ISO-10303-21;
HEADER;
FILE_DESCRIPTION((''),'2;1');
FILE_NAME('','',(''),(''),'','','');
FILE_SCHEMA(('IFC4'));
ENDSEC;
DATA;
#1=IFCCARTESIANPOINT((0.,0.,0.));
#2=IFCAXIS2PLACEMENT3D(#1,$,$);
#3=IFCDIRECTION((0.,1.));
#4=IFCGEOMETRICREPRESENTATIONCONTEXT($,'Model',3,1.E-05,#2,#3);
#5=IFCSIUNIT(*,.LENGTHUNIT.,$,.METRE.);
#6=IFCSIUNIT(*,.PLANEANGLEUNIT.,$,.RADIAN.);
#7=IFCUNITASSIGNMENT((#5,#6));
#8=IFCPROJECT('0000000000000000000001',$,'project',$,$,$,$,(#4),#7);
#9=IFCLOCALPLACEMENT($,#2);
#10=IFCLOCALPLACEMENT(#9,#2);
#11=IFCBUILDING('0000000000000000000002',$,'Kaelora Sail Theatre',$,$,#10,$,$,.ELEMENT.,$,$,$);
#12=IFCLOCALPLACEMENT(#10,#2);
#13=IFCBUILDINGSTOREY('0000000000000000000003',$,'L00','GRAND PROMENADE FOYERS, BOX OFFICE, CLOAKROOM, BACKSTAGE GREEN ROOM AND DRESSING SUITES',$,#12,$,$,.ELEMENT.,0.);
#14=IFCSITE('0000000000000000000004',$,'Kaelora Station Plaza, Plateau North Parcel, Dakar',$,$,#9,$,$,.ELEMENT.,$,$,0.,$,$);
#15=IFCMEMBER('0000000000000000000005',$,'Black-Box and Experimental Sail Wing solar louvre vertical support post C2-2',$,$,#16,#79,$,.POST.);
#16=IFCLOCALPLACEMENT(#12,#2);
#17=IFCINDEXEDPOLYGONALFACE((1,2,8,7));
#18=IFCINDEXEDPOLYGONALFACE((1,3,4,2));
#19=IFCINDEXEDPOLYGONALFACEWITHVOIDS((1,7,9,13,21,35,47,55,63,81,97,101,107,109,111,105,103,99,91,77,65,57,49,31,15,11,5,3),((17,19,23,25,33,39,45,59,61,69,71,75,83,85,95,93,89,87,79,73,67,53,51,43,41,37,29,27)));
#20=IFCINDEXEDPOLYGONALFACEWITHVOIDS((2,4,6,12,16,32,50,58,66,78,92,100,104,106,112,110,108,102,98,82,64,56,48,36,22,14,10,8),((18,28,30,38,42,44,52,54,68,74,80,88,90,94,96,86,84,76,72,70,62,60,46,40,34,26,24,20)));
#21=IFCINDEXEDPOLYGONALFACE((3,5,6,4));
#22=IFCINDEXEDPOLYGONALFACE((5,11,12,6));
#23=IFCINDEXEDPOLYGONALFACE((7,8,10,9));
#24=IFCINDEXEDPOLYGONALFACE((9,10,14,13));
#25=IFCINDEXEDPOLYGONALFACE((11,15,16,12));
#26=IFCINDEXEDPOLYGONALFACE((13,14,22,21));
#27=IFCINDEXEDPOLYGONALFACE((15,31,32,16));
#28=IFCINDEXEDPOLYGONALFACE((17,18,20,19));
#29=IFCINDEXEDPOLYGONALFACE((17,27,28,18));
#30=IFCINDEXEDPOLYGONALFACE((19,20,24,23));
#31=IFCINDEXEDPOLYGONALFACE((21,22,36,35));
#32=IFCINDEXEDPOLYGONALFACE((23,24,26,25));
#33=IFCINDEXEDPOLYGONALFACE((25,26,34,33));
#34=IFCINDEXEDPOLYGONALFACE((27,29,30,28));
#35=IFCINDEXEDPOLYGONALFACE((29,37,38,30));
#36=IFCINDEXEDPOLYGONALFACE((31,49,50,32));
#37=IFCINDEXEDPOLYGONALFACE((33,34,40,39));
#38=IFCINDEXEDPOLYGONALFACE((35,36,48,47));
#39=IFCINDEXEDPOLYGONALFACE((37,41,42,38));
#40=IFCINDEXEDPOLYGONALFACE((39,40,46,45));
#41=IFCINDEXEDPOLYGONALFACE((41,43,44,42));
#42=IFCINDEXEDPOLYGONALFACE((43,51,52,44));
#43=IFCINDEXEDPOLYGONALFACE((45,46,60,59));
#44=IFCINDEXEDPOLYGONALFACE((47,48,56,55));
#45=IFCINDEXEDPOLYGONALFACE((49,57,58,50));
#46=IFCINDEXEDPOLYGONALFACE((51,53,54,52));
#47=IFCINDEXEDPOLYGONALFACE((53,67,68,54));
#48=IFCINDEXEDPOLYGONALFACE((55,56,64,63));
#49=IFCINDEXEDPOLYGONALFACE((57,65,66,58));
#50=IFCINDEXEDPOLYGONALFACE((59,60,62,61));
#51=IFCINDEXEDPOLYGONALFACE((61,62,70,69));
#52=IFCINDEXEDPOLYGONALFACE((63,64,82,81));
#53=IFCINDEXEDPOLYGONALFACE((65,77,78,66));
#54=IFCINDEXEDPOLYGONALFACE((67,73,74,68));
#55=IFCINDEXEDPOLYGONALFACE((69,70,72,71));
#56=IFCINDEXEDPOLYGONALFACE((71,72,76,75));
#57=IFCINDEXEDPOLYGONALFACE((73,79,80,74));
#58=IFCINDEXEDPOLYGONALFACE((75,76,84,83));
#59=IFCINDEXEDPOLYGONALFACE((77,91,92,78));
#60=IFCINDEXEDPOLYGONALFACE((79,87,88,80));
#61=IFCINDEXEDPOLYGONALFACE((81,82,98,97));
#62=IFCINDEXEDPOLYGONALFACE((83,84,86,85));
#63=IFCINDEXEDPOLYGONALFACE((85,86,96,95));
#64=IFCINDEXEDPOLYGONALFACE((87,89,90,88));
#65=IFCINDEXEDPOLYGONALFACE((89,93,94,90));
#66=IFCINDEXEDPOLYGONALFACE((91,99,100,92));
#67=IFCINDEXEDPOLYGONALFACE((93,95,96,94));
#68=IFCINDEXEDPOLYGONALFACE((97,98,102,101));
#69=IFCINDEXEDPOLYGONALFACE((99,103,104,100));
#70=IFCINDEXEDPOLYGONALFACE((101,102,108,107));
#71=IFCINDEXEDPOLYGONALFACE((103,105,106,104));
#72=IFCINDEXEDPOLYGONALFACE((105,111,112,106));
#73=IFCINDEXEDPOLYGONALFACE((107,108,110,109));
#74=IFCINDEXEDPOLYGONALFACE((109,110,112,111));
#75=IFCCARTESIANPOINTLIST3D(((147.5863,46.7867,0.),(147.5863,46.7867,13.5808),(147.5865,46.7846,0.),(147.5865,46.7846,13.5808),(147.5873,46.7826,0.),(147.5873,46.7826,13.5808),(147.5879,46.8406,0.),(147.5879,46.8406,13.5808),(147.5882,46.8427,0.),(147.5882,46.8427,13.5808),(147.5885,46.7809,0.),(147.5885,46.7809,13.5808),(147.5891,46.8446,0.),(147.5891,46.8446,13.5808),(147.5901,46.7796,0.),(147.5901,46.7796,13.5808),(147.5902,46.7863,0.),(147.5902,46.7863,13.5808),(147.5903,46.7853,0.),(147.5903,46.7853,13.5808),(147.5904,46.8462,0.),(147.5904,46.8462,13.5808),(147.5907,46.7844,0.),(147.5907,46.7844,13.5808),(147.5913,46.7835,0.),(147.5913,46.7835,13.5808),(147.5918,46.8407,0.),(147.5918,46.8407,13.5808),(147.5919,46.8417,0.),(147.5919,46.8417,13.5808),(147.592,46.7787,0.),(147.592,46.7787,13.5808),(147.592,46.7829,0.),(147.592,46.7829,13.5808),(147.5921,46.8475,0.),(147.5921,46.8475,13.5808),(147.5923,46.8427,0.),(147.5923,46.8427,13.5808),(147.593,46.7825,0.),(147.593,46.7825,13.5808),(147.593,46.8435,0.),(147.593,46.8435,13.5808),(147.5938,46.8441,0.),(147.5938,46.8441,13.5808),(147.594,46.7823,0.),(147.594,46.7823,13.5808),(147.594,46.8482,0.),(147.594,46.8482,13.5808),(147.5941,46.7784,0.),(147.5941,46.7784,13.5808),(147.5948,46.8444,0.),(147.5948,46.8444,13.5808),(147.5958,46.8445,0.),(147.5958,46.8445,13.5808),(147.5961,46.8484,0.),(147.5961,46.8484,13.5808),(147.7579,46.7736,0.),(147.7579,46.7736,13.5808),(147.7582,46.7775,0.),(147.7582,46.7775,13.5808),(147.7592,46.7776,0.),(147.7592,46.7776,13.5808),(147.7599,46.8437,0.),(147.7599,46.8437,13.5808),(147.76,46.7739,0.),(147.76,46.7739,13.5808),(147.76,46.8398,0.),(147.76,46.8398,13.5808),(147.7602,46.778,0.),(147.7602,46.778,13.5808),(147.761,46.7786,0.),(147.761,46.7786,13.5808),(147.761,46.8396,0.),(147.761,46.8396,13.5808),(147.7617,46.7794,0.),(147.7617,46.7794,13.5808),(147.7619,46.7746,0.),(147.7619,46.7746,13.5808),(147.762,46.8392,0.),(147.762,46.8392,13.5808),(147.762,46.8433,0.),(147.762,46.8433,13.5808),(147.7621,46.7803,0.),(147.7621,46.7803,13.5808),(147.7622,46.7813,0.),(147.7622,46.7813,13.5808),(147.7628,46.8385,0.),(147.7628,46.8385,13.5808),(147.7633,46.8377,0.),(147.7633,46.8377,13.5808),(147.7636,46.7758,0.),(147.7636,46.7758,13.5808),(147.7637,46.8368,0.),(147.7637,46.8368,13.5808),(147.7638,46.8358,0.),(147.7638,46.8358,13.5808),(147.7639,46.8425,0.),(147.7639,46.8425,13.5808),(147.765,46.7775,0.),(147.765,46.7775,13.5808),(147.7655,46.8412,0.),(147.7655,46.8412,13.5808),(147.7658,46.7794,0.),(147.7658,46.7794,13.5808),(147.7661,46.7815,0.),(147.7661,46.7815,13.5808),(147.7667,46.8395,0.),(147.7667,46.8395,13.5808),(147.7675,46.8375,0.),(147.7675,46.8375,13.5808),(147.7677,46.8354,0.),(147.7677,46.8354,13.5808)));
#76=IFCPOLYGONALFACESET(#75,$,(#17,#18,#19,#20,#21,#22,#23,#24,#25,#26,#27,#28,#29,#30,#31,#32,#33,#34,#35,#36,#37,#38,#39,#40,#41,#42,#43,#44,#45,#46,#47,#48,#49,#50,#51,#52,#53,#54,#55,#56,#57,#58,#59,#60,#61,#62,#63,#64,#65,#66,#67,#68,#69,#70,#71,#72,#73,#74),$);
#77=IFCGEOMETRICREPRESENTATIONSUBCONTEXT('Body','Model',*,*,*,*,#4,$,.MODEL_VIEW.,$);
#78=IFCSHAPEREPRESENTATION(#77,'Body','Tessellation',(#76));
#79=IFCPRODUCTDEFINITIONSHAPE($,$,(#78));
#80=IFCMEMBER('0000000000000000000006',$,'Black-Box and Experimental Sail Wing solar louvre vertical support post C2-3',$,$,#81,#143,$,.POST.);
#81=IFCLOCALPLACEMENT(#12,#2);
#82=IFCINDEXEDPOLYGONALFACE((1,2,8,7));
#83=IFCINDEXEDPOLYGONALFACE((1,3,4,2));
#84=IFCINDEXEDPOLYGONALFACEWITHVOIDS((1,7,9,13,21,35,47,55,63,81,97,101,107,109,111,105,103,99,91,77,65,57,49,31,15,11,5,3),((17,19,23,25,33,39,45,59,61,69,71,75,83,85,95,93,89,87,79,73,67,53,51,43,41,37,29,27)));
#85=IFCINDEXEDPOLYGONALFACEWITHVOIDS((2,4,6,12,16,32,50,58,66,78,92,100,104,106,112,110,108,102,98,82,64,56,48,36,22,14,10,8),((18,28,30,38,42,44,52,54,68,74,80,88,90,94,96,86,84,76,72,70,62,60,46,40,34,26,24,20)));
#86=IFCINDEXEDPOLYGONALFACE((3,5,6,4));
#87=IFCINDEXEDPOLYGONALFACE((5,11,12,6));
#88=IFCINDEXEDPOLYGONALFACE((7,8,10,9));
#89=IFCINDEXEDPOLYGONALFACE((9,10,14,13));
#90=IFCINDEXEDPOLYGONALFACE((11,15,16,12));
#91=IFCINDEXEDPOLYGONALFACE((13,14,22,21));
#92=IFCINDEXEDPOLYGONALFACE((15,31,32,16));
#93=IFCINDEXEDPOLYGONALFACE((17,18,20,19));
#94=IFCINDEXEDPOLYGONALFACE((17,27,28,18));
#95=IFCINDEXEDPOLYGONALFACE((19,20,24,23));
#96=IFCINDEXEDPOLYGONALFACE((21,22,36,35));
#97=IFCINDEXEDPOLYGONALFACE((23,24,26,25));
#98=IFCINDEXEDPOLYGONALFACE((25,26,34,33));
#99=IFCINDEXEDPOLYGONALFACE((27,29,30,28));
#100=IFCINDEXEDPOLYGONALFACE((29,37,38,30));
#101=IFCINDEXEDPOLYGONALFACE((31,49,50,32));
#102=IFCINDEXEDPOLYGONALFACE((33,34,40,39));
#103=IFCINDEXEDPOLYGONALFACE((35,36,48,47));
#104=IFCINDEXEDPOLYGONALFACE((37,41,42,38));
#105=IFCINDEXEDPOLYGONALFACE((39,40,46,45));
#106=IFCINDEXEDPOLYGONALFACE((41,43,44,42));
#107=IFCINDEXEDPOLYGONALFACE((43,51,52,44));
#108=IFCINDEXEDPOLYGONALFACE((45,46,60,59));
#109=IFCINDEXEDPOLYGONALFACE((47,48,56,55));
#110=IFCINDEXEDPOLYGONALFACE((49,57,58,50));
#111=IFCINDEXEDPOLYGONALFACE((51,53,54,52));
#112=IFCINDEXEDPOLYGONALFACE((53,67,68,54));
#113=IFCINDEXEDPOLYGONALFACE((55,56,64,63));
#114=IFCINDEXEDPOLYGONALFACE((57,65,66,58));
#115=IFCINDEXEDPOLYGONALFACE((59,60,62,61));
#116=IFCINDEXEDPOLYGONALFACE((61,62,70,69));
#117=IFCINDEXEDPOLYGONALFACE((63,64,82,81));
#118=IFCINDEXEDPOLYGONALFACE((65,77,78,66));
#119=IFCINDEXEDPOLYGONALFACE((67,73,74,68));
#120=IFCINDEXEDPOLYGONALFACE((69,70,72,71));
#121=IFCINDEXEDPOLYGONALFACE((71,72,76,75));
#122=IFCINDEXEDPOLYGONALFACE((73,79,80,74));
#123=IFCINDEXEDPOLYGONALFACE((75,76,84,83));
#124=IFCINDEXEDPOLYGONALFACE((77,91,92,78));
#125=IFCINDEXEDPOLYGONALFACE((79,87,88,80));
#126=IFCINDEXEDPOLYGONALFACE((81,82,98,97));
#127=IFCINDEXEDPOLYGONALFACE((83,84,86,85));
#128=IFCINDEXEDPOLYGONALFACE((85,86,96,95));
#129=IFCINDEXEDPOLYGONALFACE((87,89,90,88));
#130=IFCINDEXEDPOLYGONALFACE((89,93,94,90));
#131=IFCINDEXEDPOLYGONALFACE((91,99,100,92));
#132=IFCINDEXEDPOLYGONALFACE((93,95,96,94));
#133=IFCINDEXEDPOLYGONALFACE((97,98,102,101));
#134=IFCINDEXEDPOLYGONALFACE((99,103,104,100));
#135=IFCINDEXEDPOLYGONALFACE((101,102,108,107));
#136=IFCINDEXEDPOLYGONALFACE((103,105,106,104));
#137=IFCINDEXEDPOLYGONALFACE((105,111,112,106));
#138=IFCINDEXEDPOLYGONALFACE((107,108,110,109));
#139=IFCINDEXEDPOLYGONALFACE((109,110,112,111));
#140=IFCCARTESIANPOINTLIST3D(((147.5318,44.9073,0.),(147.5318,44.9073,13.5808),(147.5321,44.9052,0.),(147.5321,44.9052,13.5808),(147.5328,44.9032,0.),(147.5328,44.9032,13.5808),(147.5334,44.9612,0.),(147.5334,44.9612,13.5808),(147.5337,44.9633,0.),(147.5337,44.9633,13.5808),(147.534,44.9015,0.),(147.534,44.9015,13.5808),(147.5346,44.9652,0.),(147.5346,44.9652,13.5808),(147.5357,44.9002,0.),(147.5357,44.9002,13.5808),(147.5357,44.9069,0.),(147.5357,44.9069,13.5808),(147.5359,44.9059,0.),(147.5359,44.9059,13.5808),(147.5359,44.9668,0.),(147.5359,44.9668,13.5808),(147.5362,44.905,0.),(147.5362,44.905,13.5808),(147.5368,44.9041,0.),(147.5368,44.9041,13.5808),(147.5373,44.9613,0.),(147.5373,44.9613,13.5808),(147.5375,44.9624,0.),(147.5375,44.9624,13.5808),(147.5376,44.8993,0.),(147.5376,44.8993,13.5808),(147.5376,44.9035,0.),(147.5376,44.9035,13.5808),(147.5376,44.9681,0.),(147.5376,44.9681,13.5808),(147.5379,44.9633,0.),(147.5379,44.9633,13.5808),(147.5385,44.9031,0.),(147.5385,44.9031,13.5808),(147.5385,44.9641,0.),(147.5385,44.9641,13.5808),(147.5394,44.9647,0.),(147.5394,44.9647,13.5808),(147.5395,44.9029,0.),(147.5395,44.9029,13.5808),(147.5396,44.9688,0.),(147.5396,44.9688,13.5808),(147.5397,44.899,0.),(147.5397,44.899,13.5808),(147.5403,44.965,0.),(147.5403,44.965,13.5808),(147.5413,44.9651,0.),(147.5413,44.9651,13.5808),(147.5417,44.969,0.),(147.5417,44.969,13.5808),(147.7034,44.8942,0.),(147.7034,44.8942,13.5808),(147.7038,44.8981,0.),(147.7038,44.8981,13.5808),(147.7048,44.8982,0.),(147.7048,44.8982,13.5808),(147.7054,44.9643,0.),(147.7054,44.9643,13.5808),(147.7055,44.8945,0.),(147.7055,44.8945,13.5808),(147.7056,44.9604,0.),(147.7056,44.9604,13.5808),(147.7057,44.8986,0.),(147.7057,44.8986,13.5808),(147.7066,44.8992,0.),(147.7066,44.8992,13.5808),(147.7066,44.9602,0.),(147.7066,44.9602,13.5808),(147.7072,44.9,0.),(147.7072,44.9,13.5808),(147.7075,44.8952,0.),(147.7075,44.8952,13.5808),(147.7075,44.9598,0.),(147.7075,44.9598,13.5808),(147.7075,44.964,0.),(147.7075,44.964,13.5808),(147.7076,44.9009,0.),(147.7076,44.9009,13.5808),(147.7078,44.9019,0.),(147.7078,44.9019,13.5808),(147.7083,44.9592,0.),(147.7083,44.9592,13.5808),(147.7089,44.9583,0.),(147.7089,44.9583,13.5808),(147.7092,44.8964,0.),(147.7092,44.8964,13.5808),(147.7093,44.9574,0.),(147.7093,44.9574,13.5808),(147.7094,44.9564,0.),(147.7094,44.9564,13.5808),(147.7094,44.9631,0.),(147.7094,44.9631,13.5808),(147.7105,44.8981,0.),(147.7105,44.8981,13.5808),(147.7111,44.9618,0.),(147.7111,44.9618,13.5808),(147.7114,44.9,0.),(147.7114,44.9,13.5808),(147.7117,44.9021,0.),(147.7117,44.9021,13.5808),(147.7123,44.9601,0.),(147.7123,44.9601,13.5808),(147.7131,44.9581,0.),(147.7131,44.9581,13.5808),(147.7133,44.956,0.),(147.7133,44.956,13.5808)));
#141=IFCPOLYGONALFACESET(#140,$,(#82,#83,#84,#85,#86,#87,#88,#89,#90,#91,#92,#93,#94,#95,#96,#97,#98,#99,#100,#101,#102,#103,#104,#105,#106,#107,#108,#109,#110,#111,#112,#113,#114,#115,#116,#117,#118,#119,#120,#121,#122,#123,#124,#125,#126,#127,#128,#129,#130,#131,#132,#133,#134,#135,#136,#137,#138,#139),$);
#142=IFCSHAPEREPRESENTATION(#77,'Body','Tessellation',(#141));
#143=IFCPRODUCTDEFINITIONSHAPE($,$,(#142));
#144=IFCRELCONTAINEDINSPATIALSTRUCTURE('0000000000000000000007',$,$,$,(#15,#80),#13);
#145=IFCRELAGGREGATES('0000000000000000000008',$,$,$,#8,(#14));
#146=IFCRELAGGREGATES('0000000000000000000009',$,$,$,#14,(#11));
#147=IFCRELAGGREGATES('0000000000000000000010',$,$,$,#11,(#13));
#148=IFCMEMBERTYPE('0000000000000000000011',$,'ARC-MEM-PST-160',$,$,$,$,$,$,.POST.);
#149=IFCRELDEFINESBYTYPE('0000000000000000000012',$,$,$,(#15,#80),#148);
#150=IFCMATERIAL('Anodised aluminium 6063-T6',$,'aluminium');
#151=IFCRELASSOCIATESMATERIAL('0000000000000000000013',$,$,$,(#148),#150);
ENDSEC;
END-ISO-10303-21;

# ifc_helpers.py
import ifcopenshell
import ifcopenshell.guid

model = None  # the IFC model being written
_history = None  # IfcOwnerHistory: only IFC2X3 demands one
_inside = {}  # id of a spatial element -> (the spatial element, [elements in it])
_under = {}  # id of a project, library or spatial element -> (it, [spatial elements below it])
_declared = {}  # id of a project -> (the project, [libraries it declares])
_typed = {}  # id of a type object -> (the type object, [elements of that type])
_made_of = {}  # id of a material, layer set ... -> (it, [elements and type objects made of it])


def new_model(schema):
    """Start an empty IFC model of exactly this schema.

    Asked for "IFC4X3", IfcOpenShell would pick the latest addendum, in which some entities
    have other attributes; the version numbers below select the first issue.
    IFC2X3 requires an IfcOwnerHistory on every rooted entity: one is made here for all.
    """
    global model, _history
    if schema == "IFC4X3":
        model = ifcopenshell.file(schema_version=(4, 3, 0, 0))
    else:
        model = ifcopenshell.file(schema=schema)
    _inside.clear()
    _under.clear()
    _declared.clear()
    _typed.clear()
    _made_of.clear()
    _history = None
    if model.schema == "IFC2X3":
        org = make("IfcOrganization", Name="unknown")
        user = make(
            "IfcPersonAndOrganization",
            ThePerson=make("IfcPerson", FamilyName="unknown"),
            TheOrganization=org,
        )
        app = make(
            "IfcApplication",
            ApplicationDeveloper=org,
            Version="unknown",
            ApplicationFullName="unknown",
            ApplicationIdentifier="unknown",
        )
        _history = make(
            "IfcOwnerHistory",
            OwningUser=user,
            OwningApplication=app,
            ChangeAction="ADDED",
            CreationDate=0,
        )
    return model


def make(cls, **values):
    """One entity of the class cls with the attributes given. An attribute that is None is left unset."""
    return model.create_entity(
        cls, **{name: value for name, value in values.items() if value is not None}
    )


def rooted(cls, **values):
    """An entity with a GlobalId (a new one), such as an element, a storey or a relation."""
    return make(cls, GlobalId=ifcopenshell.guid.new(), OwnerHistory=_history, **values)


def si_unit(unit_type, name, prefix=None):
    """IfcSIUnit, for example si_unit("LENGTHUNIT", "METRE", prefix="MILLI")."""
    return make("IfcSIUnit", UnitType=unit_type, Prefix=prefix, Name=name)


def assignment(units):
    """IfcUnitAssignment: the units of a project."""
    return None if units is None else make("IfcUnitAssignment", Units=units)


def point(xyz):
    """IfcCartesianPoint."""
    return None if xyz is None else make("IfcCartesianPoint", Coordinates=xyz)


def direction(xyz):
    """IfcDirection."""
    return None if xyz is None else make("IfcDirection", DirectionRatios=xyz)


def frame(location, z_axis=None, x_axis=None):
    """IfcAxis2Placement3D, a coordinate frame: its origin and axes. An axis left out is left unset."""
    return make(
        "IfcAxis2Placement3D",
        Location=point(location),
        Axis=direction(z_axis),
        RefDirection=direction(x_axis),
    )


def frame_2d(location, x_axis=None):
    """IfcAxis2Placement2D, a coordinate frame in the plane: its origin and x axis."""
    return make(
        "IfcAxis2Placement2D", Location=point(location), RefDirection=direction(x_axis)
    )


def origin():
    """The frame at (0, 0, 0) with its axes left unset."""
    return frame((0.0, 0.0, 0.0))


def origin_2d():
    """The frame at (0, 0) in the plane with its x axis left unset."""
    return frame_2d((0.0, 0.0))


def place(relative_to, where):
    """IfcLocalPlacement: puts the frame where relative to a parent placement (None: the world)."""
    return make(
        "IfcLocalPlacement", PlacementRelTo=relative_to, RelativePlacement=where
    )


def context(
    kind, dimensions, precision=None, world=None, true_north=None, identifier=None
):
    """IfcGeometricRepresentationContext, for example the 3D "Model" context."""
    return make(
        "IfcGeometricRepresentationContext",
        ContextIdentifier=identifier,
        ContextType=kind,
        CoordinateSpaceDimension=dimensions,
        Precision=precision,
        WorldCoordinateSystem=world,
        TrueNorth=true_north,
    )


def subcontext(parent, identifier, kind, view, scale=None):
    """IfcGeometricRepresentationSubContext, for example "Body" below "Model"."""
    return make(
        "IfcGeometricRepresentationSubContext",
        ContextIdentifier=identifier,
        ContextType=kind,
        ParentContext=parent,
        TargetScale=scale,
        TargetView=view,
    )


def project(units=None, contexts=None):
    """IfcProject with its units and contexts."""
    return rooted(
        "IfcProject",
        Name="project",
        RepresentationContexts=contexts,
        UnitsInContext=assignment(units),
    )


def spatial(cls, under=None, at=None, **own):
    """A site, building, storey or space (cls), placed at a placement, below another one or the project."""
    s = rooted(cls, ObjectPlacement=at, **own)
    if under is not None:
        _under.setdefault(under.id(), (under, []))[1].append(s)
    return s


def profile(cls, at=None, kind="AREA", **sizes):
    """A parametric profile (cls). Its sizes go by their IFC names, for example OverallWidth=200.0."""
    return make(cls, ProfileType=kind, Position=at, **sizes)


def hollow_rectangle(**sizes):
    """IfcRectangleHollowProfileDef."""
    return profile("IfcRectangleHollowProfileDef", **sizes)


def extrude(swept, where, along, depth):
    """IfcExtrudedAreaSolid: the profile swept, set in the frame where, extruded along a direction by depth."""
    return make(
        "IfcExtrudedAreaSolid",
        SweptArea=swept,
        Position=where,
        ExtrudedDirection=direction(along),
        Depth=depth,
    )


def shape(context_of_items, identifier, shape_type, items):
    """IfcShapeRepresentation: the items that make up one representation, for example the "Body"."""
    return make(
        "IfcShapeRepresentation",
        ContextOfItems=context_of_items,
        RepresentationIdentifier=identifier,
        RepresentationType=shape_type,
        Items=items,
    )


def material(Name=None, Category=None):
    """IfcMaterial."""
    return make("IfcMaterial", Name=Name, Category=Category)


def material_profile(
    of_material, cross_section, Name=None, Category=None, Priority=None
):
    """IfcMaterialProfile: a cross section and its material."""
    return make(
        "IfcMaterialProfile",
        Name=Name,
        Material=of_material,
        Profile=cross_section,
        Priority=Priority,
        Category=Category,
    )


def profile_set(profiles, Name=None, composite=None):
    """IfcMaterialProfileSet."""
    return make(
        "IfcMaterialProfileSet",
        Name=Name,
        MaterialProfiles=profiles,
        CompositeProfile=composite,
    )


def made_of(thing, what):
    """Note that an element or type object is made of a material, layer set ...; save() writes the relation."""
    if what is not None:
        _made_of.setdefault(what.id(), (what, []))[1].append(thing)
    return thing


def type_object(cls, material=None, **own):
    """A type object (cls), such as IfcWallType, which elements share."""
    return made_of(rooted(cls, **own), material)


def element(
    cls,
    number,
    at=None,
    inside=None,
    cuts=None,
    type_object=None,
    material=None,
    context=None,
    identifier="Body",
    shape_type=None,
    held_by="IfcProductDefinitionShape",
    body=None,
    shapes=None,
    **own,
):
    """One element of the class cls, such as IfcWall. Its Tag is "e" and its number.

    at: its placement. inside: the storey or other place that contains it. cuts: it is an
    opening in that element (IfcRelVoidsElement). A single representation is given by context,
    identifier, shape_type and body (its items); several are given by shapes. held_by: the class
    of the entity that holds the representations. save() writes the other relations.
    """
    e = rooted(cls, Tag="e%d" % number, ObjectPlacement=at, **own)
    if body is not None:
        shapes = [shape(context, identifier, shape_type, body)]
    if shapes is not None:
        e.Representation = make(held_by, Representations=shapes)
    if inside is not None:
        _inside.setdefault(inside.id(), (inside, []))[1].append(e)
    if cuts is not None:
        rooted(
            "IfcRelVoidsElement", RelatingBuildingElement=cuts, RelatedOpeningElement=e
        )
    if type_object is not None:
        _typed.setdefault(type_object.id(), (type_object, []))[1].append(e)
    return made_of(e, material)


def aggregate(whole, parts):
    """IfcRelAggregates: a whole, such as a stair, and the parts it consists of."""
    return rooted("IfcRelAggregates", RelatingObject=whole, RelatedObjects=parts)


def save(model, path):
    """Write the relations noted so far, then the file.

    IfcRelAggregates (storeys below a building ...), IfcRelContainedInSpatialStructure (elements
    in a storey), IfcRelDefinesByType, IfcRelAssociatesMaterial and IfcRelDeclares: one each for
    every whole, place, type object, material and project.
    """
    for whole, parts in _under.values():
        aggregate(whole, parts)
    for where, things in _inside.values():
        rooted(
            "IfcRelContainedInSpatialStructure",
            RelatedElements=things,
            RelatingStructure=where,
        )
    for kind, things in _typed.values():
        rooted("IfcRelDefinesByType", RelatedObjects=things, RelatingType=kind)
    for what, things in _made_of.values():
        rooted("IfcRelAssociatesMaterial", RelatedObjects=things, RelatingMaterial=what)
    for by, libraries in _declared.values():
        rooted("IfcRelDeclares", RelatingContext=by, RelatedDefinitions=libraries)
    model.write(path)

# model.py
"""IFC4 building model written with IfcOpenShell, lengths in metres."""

from ifc_helpers import new_model, si_unit, direction, frame, origin, origin_2d, place, context, subcontext, project, spatial, hollow_rectangle, extrude, material, material_profile, profile_set, type_object, element, save


model = new_model("IFC4")

# Units and contexts
model_context = context("Model", 3, precision=1e-05, world=origin(), true_north=direction((0.0, 1.0)))
body_context = subcontext(model_context, "Body", "Model", "MODEL_VIEW")
ifc_project = project(units=[si_unit("LENGTHUNIT", "METRE"), si_unit("PLANEANGLEUNIT", "RADIAN")], contexts=[model_context])

# Site, building, storey
site_placement = place(None, origin())
site = spatial("IfcSite", under=ifc_project, at=site_placement, Name="Kaelora Station Plaza, Plateau North Parcel, Dakar", CompositionType="ELEMENT", RefElevation=0.0)
building_placement = place(site_placement, origin())
building = spatial("IfcBuilding", under=site, at=building_placement, Name="Kaelora Sail Theatre", CompositionType="ELEMENT")
storey_placement = place(building_placement, origin())
storey = spatial("IfcBuildingStorey", under=building, at=storey_placement, Name="L00", Description="GRAND PROMENADE FOYERS, BOX OFFICE, CLOAKROOM, BACKSTAGE GREEN ROOM AND DRESSING SUITES", CompositionType="ELEMENT", Elevation=0.0)

# Members
ifc_material_1 = material(Name="Anodised aluminium 6063-T6", Category="aluminium")
ifc_material_profile_1 = material_profile(ifc_material_1, hollow_rectangle(XDim=0.0701, YDim=0.1799, WallThickness=0.0039, InnerFilletRadius=0.0039, OuterFilletRadius=0.0081, at=origin_2d()), Name="ALU-MULL 70x180x4")
ifc_profile_set_1 = profile_set([ifc_material_profile_1], Name="Anodised aluminium 6063-T6")
member_type_1 = type_object("IfcMemberType", Name="ARC-MEM-PST-160", PredefinedType="POST", material=ifc_profile_set_1)
for number, where, z_axis, x_axis, name in (
    (1, (147.677, 46.811, 0.0), (0.0, 0.0, 1.0), (-0.028968, -0.99958, 0.0), "Black-Box and Experimental Sail Wing solar louvre vertical support post C2-2"),
    (2, (147.6226, 44.9316, 0.0), (0.0, 0.0, 1.0), (-0.028968, -0.99958, 0.0), "Black-Box and Experimental Sail Wing solar louvre vertical support post C2-3"),
):
    element("IfcMember", number, at=place(storey_placement, frame(where, z_axis=z_axis, x_axis=x_axis)), inside=storey, type_object=member_type_1, Name=name, PredefinedType="POST", context=body_context, shape_type="SweptSolid", body=[
        extrude(hollow_rectangle(XDim=0.0701, YDim=0.1799, WallThickness=0.0039, InnerFilletRadius=0.0039, OuterFilletRadius=0.0081, at=origin_2d()), origin(), (0.0, 0.0, 1.0), 13.5808),
    ])

save(model, "model.ifc")
